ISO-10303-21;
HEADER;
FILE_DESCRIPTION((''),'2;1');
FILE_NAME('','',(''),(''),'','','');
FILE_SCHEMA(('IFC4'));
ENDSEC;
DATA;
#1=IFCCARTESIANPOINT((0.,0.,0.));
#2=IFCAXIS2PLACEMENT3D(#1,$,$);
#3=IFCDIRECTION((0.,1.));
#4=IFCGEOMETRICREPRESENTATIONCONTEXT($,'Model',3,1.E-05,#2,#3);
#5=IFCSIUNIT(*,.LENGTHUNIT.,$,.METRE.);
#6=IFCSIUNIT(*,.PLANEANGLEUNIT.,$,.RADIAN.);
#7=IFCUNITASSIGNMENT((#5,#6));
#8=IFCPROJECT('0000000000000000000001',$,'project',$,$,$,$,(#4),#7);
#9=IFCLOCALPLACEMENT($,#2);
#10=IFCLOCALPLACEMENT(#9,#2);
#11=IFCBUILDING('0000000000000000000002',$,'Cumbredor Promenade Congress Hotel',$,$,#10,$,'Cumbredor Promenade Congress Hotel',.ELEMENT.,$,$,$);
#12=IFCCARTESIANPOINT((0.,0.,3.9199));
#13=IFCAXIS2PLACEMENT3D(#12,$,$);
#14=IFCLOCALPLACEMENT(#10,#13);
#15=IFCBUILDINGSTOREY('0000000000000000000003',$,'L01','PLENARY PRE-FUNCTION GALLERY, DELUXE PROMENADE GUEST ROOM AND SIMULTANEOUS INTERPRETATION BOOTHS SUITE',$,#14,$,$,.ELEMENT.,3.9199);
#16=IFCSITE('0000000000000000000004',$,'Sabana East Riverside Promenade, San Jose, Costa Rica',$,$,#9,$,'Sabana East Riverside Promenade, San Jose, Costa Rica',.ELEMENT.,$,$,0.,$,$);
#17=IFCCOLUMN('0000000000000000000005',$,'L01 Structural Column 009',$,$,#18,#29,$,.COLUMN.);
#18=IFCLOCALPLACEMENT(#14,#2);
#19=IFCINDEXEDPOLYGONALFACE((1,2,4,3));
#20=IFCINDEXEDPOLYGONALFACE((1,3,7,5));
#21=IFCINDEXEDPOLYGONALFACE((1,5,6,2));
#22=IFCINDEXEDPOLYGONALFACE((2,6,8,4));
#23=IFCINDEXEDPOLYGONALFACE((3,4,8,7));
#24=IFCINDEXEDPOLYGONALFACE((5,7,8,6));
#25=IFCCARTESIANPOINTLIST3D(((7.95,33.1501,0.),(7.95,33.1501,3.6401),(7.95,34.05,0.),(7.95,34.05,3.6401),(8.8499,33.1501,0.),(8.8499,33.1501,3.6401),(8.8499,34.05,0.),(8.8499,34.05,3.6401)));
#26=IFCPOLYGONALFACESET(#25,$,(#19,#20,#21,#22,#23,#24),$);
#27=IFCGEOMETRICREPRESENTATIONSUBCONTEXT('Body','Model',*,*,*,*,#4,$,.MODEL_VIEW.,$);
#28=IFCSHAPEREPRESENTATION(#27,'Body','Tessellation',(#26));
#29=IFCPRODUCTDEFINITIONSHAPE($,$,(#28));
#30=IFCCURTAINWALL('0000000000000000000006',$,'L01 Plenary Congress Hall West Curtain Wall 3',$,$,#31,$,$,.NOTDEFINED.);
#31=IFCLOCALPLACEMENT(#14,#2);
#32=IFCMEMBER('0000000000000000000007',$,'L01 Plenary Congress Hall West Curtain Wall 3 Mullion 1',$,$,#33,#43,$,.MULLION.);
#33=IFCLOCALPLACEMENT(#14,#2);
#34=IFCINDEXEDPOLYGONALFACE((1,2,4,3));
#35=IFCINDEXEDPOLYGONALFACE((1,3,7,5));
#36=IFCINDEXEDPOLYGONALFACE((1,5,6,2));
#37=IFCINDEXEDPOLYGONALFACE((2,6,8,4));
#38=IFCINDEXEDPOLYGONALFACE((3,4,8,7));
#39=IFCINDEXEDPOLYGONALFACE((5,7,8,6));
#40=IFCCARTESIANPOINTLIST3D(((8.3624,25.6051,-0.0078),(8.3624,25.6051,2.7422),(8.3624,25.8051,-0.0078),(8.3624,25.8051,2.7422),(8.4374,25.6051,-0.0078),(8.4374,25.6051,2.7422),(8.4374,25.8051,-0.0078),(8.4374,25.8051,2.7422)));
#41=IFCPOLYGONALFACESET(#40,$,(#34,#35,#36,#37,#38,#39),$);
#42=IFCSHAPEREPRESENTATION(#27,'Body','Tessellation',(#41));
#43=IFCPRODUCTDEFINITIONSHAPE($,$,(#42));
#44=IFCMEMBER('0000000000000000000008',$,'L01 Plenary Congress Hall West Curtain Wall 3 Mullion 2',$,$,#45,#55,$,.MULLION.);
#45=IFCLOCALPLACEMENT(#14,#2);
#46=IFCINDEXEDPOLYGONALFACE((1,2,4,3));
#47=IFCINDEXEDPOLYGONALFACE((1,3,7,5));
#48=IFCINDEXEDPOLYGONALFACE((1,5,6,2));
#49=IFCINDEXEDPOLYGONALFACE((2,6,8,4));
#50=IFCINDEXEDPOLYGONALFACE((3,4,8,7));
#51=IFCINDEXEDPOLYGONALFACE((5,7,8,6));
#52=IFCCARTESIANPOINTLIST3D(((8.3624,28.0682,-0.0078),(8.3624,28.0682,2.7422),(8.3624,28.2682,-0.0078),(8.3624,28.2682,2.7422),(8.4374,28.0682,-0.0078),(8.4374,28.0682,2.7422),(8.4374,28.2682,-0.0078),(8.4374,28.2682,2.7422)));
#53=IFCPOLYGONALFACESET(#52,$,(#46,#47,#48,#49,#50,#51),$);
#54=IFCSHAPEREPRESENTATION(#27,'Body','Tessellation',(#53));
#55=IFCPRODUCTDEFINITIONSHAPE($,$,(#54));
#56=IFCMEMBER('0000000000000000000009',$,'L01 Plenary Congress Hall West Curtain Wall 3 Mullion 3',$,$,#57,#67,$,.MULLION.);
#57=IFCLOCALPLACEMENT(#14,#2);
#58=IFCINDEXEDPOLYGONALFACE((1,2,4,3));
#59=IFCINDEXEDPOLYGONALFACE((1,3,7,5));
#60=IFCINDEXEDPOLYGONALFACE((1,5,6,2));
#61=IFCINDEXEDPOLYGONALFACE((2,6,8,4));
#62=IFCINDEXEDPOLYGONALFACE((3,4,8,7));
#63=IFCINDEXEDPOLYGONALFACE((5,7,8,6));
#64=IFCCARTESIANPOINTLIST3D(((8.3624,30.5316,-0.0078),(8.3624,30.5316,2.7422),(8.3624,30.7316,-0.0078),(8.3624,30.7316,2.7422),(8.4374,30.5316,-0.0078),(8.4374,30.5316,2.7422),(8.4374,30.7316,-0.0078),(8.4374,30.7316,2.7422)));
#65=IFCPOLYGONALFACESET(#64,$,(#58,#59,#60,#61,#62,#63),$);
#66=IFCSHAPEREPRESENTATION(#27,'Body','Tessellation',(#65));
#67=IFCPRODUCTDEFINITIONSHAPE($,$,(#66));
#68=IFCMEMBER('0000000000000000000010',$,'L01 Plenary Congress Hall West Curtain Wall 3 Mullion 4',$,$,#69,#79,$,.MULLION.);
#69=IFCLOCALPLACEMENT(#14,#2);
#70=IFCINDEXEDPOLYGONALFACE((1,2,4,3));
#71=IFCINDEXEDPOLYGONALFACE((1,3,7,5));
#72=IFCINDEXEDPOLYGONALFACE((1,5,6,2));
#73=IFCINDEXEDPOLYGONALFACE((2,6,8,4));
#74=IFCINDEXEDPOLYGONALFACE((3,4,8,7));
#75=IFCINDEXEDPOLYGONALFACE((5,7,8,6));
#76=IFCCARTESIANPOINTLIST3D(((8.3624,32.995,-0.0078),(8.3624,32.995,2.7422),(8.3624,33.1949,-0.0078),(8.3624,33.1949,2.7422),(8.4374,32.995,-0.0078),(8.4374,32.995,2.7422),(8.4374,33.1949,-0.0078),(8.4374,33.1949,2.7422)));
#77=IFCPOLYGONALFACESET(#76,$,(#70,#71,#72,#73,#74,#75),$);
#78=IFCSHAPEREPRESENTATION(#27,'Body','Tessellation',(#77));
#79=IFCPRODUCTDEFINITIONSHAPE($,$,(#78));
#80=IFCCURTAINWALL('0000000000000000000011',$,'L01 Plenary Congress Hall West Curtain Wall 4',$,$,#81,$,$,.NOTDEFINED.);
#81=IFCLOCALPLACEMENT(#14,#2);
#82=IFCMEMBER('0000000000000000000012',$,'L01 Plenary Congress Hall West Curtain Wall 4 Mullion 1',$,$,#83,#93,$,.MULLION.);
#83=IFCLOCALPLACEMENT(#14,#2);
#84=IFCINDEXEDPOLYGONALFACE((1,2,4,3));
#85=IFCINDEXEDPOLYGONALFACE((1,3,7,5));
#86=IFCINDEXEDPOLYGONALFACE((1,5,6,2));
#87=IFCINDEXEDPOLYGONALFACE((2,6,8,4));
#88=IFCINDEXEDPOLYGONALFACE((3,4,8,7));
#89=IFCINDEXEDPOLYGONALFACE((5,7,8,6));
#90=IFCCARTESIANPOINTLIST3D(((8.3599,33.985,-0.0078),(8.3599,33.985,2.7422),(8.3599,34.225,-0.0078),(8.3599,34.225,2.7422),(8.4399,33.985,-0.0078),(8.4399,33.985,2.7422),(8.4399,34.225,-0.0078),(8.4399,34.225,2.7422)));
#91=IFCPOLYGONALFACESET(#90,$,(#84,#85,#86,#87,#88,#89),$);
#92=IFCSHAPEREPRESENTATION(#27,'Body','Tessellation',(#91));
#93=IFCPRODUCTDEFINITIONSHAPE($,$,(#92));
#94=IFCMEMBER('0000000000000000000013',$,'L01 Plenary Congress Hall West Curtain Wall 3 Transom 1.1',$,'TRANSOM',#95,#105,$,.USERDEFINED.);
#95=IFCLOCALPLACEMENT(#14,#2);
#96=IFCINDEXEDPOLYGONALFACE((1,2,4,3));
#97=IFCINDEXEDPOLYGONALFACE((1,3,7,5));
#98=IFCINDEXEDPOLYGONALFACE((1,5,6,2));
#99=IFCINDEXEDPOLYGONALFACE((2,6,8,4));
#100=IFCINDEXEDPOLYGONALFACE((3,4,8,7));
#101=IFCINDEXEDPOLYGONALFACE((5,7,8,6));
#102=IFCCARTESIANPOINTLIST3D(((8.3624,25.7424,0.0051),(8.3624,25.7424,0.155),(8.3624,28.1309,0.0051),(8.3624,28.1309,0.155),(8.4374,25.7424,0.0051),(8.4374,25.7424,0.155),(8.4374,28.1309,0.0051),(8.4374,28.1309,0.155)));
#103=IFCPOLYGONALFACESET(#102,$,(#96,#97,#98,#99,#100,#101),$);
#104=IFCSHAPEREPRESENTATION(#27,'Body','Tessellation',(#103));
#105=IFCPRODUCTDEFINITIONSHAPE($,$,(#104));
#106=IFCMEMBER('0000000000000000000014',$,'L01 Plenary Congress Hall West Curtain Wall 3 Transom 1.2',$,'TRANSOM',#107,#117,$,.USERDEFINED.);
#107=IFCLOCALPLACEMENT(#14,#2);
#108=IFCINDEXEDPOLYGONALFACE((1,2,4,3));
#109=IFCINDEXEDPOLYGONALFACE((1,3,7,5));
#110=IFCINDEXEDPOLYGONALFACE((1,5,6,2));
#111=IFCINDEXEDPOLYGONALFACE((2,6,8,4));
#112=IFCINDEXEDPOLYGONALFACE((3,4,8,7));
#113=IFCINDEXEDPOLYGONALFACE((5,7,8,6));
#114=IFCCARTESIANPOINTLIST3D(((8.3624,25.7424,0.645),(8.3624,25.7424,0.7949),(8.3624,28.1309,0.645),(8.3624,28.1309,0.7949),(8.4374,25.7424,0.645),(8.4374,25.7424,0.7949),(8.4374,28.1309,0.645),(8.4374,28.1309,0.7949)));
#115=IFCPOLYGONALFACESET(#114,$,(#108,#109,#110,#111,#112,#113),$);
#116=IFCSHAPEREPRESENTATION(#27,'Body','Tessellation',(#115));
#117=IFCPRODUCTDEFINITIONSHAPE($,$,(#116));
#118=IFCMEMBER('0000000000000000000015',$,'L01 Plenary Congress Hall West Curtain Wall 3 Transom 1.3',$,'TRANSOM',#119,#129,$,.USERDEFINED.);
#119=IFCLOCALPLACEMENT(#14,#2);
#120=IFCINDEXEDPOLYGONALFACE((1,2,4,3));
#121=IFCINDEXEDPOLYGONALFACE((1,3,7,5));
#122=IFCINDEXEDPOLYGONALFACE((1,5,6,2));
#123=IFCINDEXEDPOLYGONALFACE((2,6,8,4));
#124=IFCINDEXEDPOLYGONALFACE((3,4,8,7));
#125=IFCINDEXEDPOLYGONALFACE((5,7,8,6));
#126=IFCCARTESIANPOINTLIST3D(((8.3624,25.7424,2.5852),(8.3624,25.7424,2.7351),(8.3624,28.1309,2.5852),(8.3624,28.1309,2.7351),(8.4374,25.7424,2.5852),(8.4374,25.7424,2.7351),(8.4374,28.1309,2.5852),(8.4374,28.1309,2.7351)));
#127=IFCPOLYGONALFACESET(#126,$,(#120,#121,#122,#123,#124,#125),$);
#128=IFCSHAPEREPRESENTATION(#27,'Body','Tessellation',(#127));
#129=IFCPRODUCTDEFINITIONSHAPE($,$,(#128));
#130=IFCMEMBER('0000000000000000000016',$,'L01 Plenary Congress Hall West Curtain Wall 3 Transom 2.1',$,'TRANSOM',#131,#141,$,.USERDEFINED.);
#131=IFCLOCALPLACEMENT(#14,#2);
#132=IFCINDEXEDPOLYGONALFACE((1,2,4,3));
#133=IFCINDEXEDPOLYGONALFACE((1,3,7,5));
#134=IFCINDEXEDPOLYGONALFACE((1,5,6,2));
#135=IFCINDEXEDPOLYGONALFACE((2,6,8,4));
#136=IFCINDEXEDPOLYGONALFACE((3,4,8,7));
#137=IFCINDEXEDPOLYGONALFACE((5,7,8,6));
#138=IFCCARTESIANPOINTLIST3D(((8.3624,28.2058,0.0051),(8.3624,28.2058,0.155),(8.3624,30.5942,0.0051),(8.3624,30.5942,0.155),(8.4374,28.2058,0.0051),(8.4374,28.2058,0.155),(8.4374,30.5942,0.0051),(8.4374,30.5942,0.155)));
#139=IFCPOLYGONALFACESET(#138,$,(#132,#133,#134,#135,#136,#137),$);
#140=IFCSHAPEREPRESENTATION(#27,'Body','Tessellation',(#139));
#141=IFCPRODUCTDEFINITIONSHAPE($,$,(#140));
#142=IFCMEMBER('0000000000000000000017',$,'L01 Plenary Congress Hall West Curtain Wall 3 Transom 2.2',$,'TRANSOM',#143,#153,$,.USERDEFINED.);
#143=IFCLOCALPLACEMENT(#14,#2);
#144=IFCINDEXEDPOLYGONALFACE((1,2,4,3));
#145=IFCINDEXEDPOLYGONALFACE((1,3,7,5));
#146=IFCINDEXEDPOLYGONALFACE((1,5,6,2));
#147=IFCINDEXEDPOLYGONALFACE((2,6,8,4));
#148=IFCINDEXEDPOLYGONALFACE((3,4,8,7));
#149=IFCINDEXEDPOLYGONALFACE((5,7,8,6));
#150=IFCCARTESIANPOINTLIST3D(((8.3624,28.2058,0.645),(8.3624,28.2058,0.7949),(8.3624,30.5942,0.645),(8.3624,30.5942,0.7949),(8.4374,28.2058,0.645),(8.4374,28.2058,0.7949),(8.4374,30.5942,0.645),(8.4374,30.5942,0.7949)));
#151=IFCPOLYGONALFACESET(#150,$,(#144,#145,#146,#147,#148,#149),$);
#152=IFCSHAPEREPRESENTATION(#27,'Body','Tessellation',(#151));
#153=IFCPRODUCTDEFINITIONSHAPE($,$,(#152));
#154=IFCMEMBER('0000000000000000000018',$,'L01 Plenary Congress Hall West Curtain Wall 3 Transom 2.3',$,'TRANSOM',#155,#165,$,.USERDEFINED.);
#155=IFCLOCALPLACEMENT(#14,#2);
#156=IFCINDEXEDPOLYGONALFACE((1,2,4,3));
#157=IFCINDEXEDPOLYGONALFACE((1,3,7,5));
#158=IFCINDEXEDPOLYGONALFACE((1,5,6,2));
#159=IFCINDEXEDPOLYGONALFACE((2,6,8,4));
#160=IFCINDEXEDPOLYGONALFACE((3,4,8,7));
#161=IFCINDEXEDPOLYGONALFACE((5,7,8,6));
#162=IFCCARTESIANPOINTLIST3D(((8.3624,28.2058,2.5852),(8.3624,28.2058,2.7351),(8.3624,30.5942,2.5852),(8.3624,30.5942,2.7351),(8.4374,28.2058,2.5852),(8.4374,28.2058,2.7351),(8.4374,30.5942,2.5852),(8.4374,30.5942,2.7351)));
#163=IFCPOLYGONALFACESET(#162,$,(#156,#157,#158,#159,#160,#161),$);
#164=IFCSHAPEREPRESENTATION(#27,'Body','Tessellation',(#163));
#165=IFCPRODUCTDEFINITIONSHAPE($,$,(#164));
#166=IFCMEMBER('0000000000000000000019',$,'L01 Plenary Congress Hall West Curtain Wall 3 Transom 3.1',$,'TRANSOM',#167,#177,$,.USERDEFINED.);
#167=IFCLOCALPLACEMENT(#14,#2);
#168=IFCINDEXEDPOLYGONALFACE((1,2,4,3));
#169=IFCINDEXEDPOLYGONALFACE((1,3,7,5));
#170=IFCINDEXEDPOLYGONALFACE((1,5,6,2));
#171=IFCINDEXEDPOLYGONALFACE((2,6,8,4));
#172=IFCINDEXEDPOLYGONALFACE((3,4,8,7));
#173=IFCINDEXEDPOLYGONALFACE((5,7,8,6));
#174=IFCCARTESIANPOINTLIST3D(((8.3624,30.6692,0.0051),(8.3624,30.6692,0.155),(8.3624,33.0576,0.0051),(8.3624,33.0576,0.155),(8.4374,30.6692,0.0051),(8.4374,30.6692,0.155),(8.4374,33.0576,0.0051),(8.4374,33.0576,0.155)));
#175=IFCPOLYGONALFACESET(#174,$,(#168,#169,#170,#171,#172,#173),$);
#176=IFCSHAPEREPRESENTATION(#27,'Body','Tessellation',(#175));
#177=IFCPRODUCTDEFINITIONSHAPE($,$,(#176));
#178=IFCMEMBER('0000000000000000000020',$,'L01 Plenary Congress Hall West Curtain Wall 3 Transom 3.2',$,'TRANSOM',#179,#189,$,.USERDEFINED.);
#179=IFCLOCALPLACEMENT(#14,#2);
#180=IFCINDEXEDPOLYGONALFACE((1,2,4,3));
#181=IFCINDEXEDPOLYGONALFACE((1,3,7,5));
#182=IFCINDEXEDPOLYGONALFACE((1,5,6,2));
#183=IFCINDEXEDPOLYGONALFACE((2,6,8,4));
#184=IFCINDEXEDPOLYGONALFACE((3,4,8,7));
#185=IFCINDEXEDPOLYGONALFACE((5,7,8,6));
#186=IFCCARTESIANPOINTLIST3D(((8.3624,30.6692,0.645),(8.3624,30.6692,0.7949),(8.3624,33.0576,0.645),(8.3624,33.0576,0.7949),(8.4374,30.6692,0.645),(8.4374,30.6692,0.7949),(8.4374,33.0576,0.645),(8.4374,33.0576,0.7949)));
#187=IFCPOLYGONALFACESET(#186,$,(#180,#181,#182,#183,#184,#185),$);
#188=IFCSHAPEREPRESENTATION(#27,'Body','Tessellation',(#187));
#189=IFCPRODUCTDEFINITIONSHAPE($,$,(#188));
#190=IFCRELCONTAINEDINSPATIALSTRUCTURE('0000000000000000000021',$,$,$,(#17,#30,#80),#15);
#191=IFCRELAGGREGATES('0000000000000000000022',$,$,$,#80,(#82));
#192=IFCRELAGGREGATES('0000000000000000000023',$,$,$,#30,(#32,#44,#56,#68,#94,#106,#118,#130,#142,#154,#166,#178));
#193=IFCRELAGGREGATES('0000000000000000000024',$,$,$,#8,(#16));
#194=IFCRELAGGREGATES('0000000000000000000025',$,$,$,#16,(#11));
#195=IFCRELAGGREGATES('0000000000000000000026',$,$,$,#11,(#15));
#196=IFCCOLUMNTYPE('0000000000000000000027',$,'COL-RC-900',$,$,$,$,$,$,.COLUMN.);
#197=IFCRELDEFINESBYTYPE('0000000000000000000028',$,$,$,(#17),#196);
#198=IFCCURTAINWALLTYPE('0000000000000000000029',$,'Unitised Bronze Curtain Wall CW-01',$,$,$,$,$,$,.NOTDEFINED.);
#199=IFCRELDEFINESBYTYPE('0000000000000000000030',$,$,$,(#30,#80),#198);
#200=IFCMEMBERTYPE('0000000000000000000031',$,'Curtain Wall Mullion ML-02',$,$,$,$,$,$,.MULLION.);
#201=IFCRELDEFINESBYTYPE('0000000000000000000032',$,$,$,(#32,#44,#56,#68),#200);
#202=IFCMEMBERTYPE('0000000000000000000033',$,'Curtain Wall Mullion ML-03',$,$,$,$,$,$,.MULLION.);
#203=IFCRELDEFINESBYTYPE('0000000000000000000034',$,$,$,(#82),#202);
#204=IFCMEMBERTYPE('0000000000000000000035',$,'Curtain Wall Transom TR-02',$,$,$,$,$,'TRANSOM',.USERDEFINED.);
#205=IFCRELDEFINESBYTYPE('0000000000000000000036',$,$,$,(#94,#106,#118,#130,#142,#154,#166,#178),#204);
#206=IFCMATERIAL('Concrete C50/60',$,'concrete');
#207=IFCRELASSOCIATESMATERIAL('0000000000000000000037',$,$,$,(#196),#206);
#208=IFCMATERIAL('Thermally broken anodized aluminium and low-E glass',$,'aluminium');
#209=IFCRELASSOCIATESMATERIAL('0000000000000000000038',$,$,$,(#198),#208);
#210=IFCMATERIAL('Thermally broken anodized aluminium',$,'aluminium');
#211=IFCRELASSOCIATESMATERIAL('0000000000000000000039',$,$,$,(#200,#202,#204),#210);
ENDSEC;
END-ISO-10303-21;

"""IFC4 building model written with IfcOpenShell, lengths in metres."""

from ifc_helpers import new_model, si_unit, direction, frame, origin, origin_2d, place, context, subcontext, project, spatial, rectangle, extrude, material, material_profile, profile_set, type_object, element, aggregate, save


model = new_model("IFC4")

# Units and contexts
model_context = context("Model", 3, precision=1e-05, world=origin(), true_north=direction((0.0, 1.0)))
body_context = subcontext(model_context, "Body", "Model", "MODEL_VIEW")
ifc_project = project(units=[si_unit("LENGTHUNIT", "METRE"), si_unit("PLANEANGLEUNIT", "RADIAN")], contexts=[model_context])

# Site, building, storey
site_placement = place(None, origin())
site = spatial("IfcSite", under=ifc_project, at=site_placement, Name="Sabana East Riverside Promenade, San Jose, Costa Rica", LongName="Sabana East Riverside Promenade, San Jose, Costa Rica", CompositionType="ELEMENT", RefElevation=0.0)
building_placement = place(site_placement, origin())
building = spatial("IfcBuilding", under=site, at=building_placement, Name="Cumbredor Promenade Congress Hotel", LongName="Cumbredor Promenade Congress Hotel", CompositionType="ELEMENT")
storey_placement = place(building_placement, frame((0.0, 0.0, 3.9199)))
storey = spatial("IfcBuildingStorey", under=building, at=storey_placement, Name="L01", Description="PLENARY PRE-FUNCTION GALLERY, DELUXE PROMENADE GUEST ROOM AND SIMULTANEOUS INTERPRETATION BOOTHS SUITE", CompositionType="ELEMENT", Elevation=3.9199)

# Column
ifc_material_1 = material(Name="Concrete C50/60", Category="concrete")
ifc_material_profile_1 = material_profile(ifc_material_1, rectangle(XDim=0.8999, YDim=0.8999, at=origin_2d()), Name="RC 900x900")
ifc_profile_set_1 = profile_set([ifc_material_profile_1], Name="Concrete C50/60")
column_type = type_object("IfcColumnType", Name="COL-RC-900", PredefinedType="COLUMN", material=ifc_profile_set_1)
column_placement = place(storey_placement, frame((8.3999, 33.6001, 0.0), z_axis=(0.0, 0.0, 1.0), x_axis=(1.0, 0.0, 0.0)))
element("IfcColumn", 1, at=column_placement, inside=storey, type_object=column_type, Name="L01 Structural Column 009", PredefinedType="COLUMN", context=body_context, shape_type="SweptSolid", body=[
    extrude(rectangle(XDim=0.8999, YDim=0.8999, at=origin_2d()), origin(), (0.0, 0.0, 1.0), 3.6401),
])

# Curtain wall, members
ifc_material_2 = material(Name="Thermally broken anodized aluminium and low-E glass", Category="aluminium")
curtain_wall_type = type_object("IfcCurtainWallType", Name="Unitised Bronze Curtain Wall CW-01", PredefinedType="NOTDEFINED", material=ifc_material_2)
curtain_wall_1_placement = place(storey_placement, origin())
curtain_wall_1 = element("IfcCurtainWall", 2, at=curtain_wall_1_placement, inside=storey, type_object=curtain_wall_type, Name="L01 Plenary Congress Hall West Curtain Wall 3", PredefinedType="NOTDEFINED")
ifc_material_3 = material(Name="Thermally broken anodized aluminium", Category="aluminium")
ifc_material_profile_2 = material_profile(ifc_material_3, rectangle(XDim=0.075, YDim=0.2, at=origin_2d()), Name="ALU MULLION 75x200")
ifc_profile_set_2 = profile_set([ifc_material_profile_2], Name="Thermally broken anodized aluminium")
member_type_1 = type_object("IfcMemberType", Name="Curtain Wall Mullion ML-02", PredefinedType="MULLION", material=ifc_profile_set_2)
member_1_placement = place(storey_placement, frame((8.3999, 25.7051, -0.0078), z_axis=(0.0, 0.0, 1.0), x_axis=(1.0, 0.0, 0.0)))
member_1 = element("IfcMember", 3, at=member_1_placement, type_object=member_type_1, Name="L01 Plenary Congress Hall West Curtain Wall 3 Mullion 1", PredefinedType="MULLION", context=body_context, shape_type="SweptSolid", body=[
    extrude(rectangle(XDim=0.075, YDim=0.2, at=origin_2d()), origin(), (0.0, 0.0, 1.0), 2.75),
])
member_2_placement = place(storey_placement, frame((8.3999, 28.1682, -0.0078), z_axis=(0.0, 0.0, 1.0), x_axis=(1.0, 0.0, 0.0)))
member_2 = element("IfcMember", 4, at=member_2_placement, type_object=member_type_1, Name="L01 Plenary Congress Hall West Curtain Wall 3 Mullion 2", PredefinedType="MULLION", context=body_context, shape_type="SweptSolid", body=[
    extrude(rectangle(XDim=0.075, YDim=0.2, at=origin_2d()), origin(), (0.0, 0.0, 1.0), 2.75),
])
member_3_placement = place(storey_placement, frame((8.3999, 30.6316, -0.0078), z_axis=(0.0, 0.0, 1.0), x_axis=(1.0, 0.0, 0.0)))
member_3 = element("IfcMember", 5, at=member_3_placement, type_object=member_type_1, Name="L01 Plenary Congress Hall West Curtain Wall 3 Mullion 3", PredefinedType="MULLION", context=body_context, shape_type="SweptSolid", body=[
    extrude(rectangle(XDim=0.075, YDim=0.2, at=origin_2d()), origin(), (0.0, 0.0, 1.0), 2.75),
])
member_4_placement = place(storey_placement, frame((8.3999, 33.095, -0.0078), z_axis=(0.0, 0.0, 1.0), x_axis=(1.0, 0.0, 0.0)))
member_4 = element("IfcMember", 6, at=member_4_placement, type_object=member_type_1, Name="L01 Plenary Congress Hall West Curtain Wall 3 Mullion 4", PredefinedType="MULLION", context=body_context, shape_type="SweptSolid", body=[
    extrude(rectangle(XDim=0.075, YDim=0.2, at=origin_2d()), origin(), (0.0, 0.0, 1.0), 2.75),
])

# Curtain wall, member
curtain_wall_2_placement = place(storey_placement, origin())
curtain_wall_2 = element("IfcCurtainWall", 7, at=curtain_wall_2_placement, inside=storey, type_object=curtain_wall_type, Name="L01 Plenary Congress Hall West Curtain Wall 4", PredefinedType="NOTDEFINED")
ifc_material_profile_3 = material_profile(ifc_material_3, rectangle(XDim=0.0801, YDim=0.24, at=origin_2d()), Name="ALU MULLION 80x240")
ifc_profile_set_3 = profile_set([ifc_material_profile_3], Name="Thermally broken anodized aluminium")
member_type_2 = type_object("IfcMemberType", Name="Curtain Wall Mullion ML-03", PredefinedType="MULLION", material=ifc_profile_set_3)
member_5_placement = place(storey_placement, frame((8.3999, 34.105, -0.0078), z_axis=(0.0, 0.0, 1.0), x_axis=(1.0, 0.0, 0.0)))
member_5 = element("IfcMember", 8, at=member_5_placement, type_object=member_type_2, Name="L01 Plenary Congress Hall West Curtain Wall 4 Mullion 1", PredefinedType="MULLION", context=body_context, shape_type="SweptSolid", body=[
    extrude(rectangle(XDim=0.0801, YDim=0.24, at=origin_2d()), origin(), (0.0, 0.0, 1.0), 2.75),
])
aggregate(curtain_wall_2, [member_5])

# Members
ifc_material_profile_4 = material_profile(ifc_material_3, rectangle(XDim=0.075, YDim=0.1499, at=origin_2d()), Name="ALU TRANSOM 75x150")
ifc_profile_set_4 = profile_set([ifc_material_profile_4], Name="Thermally broken anodized aluminium")
member_type_3 = type_object("IfcMemberType", Name="Curtain Wall Transom TR-02", ElementType="TRANSOM", PredefinedType="USERDEFINED", material=ifc_profile_set_4)
member_6_placement = place(storey_placement, frame((8.3999, 25.7424, 0.0801), z_axis=(0.0, 1.0, 0.0), x_axis=(-1.0, 0.0, 0.0)))
member_6 = element("IfcMember", 9, at=member_6_placement, type_object=member_type_3, Name="L01 Plenary Congress Hall West Curtain Wall 3 Transom 1.1", ObjectType="TRANSOM", PredefinedType="USERDEFINED", context=body_context, shape_type="SweptSolid", body=[
    extrude(rectangle(XDim=0.075, YDim=0.1499, at=origin_2d()), origin(), (0.0, 0.0, 1.0), 2.3884),
])
member_7_placement = place(storey_placement, frame((8.3999, 25.7424, 0.72), z_axis=(0.0, 1.0, 0.0), x_axis=(-1.0, 0.0, 0.0)))
member_7 = element("IfcMember", 10, at=member_7_placement, type_object=member_type_3, Name="L01 Plenary Congress Hall West Curtain Wall 3 Transom 1.2", ObjectType="TRANSOM", PredefinedType="USERDEFINED", context=body_context, shape_type="SweptSolid", body=[
    extrude(rectangle(XDim=0.075, YDim=0.1499, at=origin_2d()), origin(), (0.0, 0.0, 1.0), 2.3884),
])
member_8_placement = place(storey_placement, frame((8.3999, 25.7424, 2.6602), z_axis=(0.0, 1.0, 0.0), x_axis=(-1.0, 0.0, 0.0)))
member_8 = element("IfcMember", 11, at=member_8_placement, type_object=member_type_3, Name="L01 Plenary Congress Hall West Curtain Wall 3 Transom 1.3", ObjectType="TRANSOM", PredefinedType="USERDEFINED", context=body_context, shape_type="SweptSolid", body=[
    extrude(rectangle(XDim=0.075, YDim=0.1499, at=origin_2d()), origin(), (0.0, 0.0, 1.0), 2.3884),
])
member_9_placement = place(storey_placement, frame((8.3999, 28.2058, 0.0801), z_axis=(0.0, 1.0, 0.0), x_axis=(-1.0, 0.0, 0.0)))
member_9 = element("IfcMember", 12, at=member_9_placement, type_object=member_type_3, Name="L01 Plenary Congress Hall West Curtain Wall 3 Transom 2.1", ObjectType="TRANSOM", PredefinedType="USERDEFINED", context=body_context, shape_type="SweptSolid", body=[
    extrude(rectangle(XDim=0.075, YDim=0.1499, at=origin_2d()), origin(), (0.0, 0.0, 1.0), 2.3884),
])
member_10_placement = place(storey_placement, frame((8.3999, 28.2058, 0.72), z_axis=(0.0, 1.0, 0.0), x_axis=(-1.0, 0.0, 0.0)))
member_10 = element("IfcMember", 13, at=member_10_placement, type_object=member_type_3, Name="L01 Plenary Congress Hall West Curtain Wall 3 Transom 2.2", ObjectType="TRANSOM", PredefinedType="USERDEFINED", context=body_context, shape_type="SweptSolid", body=[
    extrude(rectangle(XDim=0.075, YDim=0.1499, at=origin_2d()), origin(), (0.0, 0.0, 1.0), 2.3884),
])
member_11_placement = place(storey_placement, frame((8.3999, 28.2058, 2.6602), z_axis=(0.0, 1.0, 0.0), x_axis=(-1.0, 0.0, 0.0)))
member_11 = element("IfcMember", 14, at=member_11_placement, type_object=member_type_3, Name="L01 Plenary Congress Hall West Curtain Wall 3 Transom 2.3", ObjectType="TRANSOM", PredefinedType="USERDEFINED", context=body_context, shape_type="SweptSolid", body=[
    extrude(rectangle(XDim=0.075, YDim=0.1499, at=origin_2d()), origin(), (0.0, 0.0, 1.0), 2.3884),
])
member_12_placement = place(storey_placement, frame((8.3999, 30.6692, 0.0801), z_axis=(0.0, 1.0, 0.0), x_axis=(-1.0, 0.0, 0.0)))
member_12 = element("IfcMember", 15, at=member_12_placement, type_object=member_type_3, Name="L01 Plenary Congress Hall West Curtain Wall 3 Transom 3.1", ObjectType="TRANSOM", PredefinedType="USERDEFINED", context=body_context, shape_type="SweptSolid", body=[
    extrude(rectangle(XDim=0.075, YDim=0.1499, at=origin_2d()), origin(), (0.0, 0.0, 1.0), 2.3884),
])
member_13_placement = place(storey_placement, frame((8.3999, 30.6692, 0.72), z_axis=(0.0, 1.0, 0.0), x_axis=(-1.0, 0.0, 0.0)))
member_13 = element("IfcMember", 16, at=member_13_placement, type_object=member_type_3, Name="L01 Plenary Congress Hall West Curtain Wall 3 Transom 3.2", ObjectType="TRANSOM", PredefinedType="USERDEFINED", context=body_context, shape_type="SweptSolid", body=[
    extrude(rectangle(XDim=0.075, YDim=0.1499, at=origin_2d()), origin(), (0.0, 0.0, 1.0), 2.3884),
])

aggregate(curtain_wall_1, [member_1, member_2, member_3, member_4, member_6, member_7, member_8, member_9, member_10, member_11, member_12, member_13])

save(model, "model.ifc")
